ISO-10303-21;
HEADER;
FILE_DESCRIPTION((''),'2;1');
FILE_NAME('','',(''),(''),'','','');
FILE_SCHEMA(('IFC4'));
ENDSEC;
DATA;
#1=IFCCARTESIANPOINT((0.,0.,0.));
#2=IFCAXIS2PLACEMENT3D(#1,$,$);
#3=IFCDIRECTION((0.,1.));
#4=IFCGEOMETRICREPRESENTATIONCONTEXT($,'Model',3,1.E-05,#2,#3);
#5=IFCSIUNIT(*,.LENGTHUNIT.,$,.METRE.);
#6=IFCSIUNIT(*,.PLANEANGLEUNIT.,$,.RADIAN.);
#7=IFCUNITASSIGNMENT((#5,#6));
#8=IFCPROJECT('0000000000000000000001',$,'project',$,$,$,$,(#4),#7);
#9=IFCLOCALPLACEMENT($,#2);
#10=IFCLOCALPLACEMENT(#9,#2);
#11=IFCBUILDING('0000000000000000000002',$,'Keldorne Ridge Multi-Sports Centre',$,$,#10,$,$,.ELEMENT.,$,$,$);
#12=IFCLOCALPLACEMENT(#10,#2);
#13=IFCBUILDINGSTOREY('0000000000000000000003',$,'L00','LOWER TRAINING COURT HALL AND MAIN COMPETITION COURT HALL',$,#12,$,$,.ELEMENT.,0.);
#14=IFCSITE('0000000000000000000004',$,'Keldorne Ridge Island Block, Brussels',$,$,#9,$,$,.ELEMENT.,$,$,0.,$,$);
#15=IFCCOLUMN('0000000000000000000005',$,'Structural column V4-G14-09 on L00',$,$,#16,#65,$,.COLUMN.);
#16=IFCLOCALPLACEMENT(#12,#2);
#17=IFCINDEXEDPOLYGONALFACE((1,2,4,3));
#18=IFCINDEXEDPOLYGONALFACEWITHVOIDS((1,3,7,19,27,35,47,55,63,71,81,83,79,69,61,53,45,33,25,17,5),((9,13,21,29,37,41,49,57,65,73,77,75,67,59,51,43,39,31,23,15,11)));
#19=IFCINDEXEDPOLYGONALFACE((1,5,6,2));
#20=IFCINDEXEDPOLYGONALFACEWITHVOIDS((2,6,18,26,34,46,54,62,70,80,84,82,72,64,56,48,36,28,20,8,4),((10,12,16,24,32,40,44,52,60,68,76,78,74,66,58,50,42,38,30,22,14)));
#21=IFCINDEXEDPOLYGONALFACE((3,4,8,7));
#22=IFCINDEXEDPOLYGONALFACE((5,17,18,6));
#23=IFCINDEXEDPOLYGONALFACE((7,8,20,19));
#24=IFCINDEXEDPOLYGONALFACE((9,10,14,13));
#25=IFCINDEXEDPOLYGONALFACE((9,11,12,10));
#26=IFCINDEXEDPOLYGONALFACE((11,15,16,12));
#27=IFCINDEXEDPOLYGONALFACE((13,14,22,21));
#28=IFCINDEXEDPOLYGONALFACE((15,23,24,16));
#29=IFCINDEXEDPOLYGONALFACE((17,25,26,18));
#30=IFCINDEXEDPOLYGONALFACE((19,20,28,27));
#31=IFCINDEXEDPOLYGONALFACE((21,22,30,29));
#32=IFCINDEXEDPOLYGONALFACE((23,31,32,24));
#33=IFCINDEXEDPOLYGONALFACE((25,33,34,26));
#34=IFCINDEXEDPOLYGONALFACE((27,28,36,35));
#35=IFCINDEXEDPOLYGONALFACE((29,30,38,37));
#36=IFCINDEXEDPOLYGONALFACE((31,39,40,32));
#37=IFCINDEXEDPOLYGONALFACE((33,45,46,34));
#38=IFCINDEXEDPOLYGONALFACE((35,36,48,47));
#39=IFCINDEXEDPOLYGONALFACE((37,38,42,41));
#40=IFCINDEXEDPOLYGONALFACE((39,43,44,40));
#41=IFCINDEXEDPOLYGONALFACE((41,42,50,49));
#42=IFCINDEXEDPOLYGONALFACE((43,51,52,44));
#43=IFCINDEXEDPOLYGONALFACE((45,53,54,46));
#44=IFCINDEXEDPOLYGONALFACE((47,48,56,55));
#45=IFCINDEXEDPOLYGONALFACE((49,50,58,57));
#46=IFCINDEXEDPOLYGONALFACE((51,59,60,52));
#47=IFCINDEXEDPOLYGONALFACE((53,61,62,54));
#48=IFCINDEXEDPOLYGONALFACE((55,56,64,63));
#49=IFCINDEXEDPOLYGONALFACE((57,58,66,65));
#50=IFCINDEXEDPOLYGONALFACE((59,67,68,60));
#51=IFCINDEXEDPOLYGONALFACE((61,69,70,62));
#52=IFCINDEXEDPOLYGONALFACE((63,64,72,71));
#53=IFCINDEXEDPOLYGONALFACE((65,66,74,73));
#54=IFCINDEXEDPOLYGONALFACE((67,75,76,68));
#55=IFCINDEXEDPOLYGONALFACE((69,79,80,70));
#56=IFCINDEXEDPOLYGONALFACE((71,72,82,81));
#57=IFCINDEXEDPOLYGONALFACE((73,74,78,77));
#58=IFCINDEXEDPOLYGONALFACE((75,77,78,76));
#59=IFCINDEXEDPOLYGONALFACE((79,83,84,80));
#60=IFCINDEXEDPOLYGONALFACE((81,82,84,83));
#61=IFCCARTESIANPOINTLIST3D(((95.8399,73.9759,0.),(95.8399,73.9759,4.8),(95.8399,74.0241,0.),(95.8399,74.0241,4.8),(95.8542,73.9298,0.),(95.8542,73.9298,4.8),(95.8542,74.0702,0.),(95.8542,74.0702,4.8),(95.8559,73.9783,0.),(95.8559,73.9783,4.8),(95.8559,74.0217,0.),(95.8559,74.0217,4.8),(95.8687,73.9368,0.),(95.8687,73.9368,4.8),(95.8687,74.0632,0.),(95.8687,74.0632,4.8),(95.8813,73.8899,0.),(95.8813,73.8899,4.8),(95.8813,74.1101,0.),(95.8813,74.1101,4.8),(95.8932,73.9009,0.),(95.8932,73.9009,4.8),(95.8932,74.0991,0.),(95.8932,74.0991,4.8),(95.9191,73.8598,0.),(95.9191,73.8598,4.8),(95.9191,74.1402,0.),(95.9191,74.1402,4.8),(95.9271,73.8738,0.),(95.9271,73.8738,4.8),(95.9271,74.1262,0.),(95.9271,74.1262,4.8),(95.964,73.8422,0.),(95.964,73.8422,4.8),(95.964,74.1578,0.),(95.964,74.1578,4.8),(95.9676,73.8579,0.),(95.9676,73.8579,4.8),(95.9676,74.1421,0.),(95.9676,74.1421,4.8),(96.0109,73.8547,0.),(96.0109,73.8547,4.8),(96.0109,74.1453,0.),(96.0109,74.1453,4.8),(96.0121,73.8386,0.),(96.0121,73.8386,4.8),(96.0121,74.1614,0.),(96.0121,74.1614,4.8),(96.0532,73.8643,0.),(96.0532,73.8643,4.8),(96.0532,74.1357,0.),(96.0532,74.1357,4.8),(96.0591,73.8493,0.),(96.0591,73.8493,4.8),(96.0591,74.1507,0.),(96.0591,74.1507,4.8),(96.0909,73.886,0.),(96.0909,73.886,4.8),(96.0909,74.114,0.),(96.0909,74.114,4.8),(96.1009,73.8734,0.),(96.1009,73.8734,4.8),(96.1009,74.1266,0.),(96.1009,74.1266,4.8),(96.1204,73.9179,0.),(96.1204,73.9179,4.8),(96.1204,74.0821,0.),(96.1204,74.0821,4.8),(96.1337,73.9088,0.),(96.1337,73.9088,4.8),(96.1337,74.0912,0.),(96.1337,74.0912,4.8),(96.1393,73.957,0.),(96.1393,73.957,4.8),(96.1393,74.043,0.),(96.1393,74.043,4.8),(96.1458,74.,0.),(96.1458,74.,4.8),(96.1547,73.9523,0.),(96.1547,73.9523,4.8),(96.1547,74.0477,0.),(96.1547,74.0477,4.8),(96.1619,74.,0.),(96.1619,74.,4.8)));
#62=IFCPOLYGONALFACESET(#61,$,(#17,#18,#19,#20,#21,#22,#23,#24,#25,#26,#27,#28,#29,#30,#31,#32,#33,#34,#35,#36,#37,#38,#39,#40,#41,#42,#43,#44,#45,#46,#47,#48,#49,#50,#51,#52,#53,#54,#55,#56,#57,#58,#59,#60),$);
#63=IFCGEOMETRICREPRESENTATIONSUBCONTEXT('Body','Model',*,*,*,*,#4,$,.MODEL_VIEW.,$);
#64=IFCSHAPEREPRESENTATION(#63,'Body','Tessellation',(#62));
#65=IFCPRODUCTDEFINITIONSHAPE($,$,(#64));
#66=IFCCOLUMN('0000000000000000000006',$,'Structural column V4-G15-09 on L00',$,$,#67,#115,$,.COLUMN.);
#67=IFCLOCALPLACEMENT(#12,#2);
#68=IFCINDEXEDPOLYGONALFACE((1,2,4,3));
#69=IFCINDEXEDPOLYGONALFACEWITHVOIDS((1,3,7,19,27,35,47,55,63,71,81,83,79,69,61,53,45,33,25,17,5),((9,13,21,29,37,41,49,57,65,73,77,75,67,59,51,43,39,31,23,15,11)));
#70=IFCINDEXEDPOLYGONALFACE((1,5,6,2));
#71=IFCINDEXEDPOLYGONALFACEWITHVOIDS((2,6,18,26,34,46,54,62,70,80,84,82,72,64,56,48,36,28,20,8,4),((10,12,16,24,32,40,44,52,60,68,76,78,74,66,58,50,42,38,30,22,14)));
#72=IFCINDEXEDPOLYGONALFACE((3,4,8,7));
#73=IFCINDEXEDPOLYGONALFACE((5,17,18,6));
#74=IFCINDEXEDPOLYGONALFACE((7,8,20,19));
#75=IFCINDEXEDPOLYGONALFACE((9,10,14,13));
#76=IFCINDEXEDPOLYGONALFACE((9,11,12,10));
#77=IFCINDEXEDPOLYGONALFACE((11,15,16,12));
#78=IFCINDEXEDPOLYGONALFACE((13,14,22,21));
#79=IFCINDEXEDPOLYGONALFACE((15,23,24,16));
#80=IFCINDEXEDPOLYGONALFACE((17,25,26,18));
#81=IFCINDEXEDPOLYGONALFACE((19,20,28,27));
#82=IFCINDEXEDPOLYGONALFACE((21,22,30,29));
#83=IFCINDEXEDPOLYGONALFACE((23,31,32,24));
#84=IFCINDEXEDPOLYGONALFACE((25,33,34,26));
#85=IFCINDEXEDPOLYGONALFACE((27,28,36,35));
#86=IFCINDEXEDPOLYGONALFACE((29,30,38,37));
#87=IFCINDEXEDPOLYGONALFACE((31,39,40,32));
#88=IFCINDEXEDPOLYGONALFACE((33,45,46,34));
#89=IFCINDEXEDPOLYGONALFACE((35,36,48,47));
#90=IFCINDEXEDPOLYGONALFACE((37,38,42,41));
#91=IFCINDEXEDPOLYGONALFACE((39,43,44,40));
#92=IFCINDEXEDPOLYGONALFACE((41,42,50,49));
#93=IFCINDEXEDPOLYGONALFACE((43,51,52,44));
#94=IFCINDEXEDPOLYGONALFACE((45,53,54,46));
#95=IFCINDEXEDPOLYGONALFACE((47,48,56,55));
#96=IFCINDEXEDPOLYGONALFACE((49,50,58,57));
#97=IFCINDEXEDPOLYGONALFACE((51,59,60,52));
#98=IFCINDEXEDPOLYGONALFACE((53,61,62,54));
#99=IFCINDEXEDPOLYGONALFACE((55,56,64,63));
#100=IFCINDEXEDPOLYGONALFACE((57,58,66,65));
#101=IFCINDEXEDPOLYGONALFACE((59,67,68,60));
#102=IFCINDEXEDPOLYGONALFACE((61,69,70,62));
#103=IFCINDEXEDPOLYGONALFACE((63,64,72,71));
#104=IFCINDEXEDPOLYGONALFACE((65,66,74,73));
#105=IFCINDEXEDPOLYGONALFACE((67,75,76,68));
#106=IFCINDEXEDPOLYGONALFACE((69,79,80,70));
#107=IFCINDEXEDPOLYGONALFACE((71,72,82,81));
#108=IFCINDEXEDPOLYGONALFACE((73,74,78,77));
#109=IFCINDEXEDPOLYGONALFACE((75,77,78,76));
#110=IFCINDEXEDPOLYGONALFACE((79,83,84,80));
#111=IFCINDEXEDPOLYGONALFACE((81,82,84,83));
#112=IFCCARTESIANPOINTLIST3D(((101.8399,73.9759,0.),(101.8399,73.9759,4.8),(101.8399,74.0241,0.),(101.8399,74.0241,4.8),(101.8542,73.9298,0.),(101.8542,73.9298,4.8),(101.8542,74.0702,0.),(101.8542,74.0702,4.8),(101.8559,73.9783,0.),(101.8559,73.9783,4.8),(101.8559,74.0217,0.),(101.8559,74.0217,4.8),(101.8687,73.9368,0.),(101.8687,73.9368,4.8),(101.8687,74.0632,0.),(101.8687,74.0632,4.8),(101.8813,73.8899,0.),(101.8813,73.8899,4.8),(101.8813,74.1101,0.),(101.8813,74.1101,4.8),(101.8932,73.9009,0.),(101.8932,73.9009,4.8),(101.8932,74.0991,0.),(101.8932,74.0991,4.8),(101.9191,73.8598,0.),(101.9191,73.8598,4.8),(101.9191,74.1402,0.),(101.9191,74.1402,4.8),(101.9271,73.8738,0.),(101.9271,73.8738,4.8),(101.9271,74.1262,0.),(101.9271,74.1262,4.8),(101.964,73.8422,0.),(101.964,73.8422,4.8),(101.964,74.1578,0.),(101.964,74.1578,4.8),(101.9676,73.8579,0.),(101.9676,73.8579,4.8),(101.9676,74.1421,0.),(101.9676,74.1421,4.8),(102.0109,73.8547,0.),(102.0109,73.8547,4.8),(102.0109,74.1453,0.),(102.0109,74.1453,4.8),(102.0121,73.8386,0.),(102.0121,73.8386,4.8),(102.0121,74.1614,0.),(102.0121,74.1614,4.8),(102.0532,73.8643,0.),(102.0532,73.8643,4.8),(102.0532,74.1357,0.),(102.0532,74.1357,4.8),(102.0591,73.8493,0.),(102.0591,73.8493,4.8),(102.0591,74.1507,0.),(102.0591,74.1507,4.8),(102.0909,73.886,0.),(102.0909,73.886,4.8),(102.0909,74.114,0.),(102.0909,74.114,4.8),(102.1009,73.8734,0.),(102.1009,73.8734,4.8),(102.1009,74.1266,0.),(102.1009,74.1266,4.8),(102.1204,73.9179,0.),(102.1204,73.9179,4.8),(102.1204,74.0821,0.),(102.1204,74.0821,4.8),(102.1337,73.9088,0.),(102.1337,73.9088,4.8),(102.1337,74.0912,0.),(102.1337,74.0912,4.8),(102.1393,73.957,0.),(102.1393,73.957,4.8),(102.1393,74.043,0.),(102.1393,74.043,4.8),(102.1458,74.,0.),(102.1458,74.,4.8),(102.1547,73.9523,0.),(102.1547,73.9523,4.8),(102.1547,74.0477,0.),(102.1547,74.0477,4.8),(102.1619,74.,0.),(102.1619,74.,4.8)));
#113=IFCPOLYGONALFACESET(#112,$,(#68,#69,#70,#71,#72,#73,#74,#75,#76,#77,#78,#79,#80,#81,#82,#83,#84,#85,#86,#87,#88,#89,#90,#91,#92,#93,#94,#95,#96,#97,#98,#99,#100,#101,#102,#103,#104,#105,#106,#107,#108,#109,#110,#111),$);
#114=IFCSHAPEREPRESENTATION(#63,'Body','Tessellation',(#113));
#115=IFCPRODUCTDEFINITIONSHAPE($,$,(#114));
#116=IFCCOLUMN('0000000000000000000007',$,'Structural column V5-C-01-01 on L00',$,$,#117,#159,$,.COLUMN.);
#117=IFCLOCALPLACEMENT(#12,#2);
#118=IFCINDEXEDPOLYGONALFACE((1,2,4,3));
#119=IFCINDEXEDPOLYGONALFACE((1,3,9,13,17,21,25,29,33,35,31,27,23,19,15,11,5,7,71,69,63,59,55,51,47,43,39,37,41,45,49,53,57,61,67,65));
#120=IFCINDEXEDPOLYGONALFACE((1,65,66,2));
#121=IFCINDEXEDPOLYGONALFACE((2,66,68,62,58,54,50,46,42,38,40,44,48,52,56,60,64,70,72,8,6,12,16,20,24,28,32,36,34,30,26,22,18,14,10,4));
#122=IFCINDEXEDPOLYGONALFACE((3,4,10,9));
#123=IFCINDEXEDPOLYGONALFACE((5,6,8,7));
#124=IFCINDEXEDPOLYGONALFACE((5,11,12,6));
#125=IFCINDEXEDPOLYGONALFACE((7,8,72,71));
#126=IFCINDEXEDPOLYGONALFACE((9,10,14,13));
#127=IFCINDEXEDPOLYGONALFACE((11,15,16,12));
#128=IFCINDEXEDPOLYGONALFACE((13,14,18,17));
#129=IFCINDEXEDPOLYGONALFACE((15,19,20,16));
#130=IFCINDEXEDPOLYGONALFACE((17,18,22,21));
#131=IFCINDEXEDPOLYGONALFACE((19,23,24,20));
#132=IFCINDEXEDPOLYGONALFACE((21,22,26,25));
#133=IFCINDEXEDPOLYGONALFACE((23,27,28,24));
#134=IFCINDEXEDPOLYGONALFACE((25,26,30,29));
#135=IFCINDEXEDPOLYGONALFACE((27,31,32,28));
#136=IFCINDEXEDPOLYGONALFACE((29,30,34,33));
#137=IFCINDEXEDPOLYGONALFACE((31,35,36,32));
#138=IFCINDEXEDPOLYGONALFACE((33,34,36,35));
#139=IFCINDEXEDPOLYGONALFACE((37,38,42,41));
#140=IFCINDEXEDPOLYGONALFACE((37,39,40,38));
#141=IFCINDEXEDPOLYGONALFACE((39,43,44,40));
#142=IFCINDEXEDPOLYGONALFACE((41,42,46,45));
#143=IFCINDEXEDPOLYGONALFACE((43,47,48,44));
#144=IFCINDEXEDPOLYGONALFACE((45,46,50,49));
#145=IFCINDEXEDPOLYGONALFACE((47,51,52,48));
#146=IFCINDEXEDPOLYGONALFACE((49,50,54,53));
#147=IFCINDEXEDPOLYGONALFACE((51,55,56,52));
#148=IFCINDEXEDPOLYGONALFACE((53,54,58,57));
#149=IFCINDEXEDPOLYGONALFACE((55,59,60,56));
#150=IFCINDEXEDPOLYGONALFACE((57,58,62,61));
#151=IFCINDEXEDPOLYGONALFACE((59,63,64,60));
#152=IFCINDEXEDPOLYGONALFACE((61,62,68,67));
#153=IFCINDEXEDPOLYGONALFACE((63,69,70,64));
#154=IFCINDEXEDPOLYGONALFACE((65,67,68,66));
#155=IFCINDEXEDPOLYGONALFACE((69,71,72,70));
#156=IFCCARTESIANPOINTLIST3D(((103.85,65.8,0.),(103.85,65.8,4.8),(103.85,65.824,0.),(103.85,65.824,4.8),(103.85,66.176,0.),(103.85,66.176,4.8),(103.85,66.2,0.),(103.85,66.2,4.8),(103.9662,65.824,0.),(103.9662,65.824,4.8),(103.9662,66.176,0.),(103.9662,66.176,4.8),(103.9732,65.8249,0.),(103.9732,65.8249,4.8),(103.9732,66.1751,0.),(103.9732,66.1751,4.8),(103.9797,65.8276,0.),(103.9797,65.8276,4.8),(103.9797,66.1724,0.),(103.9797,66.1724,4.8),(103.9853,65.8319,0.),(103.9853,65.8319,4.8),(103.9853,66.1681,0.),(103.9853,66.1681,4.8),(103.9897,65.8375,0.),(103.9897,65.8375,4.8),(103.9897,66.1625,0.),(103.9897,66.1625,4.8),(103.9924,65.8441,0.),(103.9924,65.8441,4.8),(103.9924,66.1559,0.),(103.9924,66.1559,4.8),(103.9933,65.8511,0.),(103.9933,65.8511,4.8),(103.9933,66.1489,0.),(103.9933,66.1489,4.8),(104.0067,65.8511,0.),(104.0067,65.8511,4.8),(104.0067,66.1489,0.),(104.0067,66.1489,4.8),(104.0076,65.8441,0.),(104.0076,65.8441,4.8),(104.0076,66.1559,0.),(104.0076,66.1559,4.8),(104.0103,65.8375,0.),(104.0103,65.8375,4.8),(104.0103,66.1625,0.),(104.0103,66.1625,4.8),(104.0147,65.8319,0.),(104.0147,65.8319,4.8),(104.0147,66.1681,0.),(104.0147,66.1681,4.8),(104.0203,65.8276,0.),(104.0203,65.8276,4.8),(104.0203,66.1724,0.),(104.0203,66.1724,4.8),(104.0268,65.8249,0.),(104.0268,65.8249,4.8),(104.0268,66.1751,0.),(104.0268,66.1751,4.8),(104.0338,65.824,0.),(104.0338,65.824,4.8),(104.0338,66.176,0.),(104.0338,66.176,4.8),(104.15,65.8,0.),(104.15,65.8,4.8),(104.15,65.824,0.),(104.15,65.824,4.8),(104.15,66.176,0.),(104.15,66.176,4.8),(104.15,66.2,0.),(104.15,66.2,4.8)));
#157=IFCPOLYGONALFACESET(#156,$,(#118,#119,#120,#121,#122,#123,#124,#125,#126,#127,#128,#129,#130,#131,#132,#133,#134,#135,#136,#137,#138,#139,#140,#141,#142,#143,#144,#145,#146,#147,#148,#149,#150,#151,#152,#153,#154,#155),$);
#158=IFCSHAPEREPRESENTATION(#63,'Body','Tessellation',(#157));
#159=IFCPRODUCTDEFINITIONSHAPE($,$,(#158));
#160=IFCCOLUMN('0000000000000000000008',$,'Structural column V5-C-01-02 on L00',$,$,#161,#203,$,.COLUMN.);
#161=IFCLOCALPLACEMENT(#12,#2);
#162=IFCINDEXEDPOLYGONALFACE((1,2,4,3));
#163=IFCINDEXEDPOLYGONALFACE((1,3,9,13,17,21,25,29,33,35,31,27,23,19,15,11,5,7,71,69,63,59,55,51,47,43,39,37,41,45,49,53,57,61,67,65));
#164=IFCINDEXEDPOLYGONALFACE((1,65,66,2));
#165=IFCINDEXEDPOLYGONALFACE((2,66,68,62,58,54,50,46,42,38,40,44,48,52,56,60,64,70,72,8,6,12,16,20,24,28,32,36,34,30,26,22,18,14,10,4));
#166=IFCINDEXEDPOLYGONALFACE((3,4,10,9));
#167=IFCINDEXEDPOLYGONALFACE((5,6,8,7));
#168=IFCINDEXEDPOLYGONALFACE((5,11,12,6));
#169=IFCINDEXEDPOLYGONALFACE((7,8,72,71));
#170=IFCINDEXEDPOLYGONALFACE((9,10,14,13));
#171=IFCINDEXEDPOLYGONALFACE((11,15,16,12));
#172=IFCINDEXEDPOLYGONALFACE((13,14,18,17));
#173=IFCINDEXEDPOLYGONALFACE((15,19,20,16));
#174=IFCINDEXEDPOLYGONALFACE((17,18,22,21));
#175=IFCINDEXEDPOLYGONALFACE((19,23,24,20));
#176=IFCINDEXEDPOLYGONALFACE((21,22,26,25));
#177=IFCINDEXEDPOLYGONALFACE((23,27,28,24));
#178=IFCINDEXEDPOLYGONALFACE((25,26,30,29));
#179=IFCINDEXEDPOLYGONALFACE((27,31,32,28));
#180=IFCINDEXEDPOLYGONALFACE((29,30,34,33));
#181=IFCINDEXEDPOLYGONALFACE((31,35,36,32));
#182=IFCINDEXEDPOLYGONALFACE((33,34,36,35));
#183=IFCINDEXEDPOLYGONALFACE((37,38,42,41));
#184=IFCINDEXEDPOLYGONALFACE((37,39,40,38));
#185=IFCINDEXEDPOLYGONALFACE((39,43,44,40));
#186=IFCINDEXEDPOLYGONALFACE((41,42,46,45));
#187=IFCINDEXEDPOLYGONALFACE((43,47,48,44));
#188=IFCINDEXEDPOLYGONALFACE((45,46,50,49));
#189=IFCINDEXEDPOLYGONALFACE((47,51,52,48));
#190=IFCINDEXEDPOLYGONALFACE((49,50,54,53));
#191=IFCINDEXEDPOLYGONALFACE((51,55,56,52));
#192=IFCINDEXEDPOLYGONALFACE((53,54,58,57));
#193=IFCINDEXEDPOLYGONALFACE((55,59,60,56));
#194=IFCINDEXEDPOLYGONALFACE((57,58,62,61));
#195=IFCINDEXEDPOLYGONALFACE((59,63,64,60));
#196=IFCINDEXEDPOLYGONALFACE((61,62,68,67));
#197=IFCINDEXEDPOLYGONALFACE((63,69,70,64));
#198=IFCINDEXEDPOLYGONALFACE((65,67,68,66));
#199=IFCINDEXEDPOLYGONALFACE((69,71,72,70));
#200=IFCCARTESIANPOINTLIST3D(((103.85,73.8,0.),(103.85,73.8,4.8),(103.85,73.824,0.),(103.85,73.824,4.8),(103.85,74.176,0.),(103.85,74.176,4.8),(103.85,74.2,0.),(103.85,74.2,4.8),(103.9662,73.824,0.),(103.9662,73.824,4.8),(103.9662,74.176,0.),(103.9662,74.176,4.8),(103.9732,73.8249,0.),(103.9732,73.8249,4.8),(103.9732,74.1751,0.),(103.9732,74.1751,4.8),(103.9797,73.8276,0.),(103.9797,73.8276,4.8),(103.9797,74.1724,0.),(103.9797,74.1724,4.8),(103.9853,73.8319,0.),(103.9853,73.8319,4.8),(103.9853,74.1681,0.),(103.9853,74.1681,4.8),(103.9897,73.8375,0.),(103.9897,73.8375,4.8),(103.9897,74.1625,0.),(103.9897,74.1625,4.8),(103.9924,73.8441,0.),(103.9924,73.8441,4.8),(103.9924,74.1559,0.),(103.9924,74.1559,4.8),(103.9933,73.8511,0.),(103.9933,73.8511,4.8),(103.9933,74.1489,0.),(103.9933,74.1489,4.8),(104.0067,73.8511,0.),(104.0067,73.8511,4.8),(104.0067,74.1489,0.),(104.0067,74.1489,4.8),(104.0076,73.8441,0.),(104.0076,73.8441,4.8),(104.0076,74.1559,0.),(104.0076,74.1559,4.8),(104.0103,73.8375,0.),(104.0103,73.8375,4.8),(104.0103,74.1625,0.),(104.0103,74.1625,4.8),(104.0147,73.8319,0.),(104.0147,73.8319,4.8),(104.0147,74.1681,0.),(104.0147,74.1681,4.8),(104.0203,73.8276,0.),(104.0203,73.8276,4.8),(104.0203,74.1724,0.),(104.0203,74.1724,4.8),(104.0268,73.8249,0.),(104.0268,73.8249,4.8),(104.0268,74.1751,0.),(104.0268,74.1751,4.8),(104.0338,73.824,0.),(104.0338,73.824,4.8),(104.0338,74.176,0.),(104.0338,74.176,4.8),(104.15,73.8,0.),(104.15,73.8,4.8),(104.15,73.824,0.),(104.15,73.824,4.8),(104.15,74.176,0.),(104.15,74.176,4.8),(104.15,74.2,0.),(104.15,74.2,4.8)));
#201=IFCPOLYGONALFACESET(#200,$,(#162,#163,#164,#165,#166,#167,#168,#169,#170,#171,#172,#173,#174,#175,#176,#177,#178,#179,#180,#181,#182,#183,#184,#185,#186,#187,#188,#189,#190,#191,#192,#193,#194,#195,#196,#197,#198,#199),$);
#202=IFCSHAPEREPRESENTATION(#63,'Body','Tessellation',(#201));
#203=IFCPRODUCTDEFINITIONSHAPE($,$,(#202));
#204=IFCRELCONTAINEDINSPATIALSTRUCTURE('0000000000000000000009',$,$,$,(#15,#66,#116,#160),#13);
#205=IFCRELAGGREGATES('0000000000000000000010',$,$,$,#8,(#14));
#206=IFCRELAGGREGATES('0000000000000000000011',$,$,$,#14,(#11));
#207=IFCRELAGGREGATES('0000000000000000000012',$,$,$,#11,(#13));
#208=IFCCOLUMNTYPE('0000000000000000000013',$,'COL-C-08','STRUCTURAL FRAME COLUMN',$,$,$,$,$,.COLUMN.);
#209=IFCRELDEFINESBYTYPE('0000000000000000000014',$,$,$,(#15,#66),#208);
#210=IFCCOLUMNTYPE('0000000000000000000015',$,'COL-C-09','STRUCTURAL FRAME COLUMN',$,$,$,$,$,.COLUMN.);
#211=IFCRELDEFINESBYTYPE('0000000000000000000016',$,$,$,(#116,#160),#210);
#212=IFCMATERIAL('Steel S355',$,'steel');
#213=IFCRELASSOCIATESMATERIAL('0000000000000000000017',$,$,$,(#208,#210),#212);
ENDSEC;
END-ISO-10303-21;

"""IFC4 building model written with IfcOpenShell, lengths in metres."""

from ifc_helpers import new_model, si_unit, direction, frame, origin, origin_2d, place, context, subcontext, project, spatial, hollow_circle, i_section, extrude, material, material_profile, profile_set, type_object, element, save


model = new_model("IFC4")

# Units and contexts
model_context = context("Model", 3, precision=1e-05, world=origin(), true_north=direction((0.0, 1.0)))
body_context = subcontext(model_context, "Body", "Model", "MODEL_VIEW")
ifc_project = project(units=[si_unit("LENGTHUNIT", "METRE"), si_unit("PLANEANGLEUNIT", "RADIAN")], contexts=[model_context])

# Site, building, storey
site_placement = place(None, origin())
site = spatial("IfcSite", under=ifc_project, at=site_placement, Name="Keldorne Ridge Island Block, Brussels", CompositionType="ELEMENT", RefElevation=0.0)
building_placement = place(site_placement, origin())
building = spatial("IfcBuilding", under=site, at=building_placement, Name="Keldorne Ridge Multi-Sports Centre", CompositionType="ELEMENT")
storey_placement = place(building_placement, origin())
storey = spatial("IfcBuildingStorey", under=building, at=storey_placement, Name="L00", Description="LOWER TRAINING COURT HALL AND MAIN COMPETITION COURT HALL", CompositionType="ELEMENT", Elevation=0.0)

# Columns
ifc_material_1 = material(Name="Steel S355", Category="steel")
ifc_material_profile_1 = material_profile(ifc_material_1, hollow_circle(Radius=0.1619, WallThickness=0.0161, at=origin_2d()), Name="CHS 323.9x16")
ifc_profile_set_1 = profile_set([ifc_material_profile_1], Name="Steel S355")
column_type_1 = type_object("IfcColumnType", Name="COL-C-08", Description="STRUCTURAL FRAME COLUMN", PredefinedType="COLUMN", material=ifc_profile_set_1)
for number, where, z_axis, x_axis, name in (
    (1, (96.0, 74.0, 0.0), (0.0, 0.0, 1.0), (1.0, 0.0, 0.0), "Structural column V4-G14-09 on L00"),
    (2, (102.0, 74.0, 0.0), (0.0, 0.0, 1.0), (1.0, 0.0, 0.0), "Structural column V4-G15-09 on L00"),
):
    element("IfcColumn", number, at=place(storey_placement, frame(where, z_axis=z_axis, x_axis=x_axis)), inside=storey, type_object=column_type_1, Name=name, PredefinedType="COLUMN", context=body_context, shape_type="SweptSolid", body=[
        extrude(hollow_circle(Radius=0.1619, WallThickness=0.0161, at=origin_2d()), origin(), (0.0, 0.0, 1.0), 4.8),
    ])
ifc_material_profile_2 = material_profile(ifc_material_1, i_section(OverallWidth=0.3, OverallDepth=0.3999, WebThickness=0.0134, FlangeThickness=0.0239, FilletRadius=0.0271, at=origin_2d()), Name="HEB 400")
ifc_profile_set_2 = profile_set([ifc_material_profile_2], Name="Steel S355")
column_type_2 = type_object("IfcColumnType", Name="COL-C-09", Description="STRUCTURAL FRAME COLUMN", PredefinedType="COLUMN", material=ifc_profile_set_2)
for number, where, z_axis, x_axis, name in (
    (3, (104.0, 66.0, 0.0), (0.0, 0.0, 1.0), (1.0, 0.0, 0.0), "Structural column V5-C-01-01 on L00"),
    (4, (104.0, 74.0, 0.0), (0.0, 0.0, 1.0), (1.0, 0.0, 0.0), "Structural column V5-C-01-02 on L00"),
):
    element("IfcColumn", number, at=place(storey_placement, frame(where, z_axis=z_axis, x_axis=x_axis)), inside=storey, type_object=column_type_2, Name=name, PredefinedType="COLUMN", context=body_context, shape_type="SweptSolid", body=[
        extrude(i_section(OverallWidth=0.3, OverallDepth=0.3999, WebThickness=0.0134, FlangeThickness=0.0239, FilletRadius=0.0271, at=origin_2d()), origin(), (0.0, 0.0, 1.0), 4.8),
    ])

save(model, "model.ifc")
